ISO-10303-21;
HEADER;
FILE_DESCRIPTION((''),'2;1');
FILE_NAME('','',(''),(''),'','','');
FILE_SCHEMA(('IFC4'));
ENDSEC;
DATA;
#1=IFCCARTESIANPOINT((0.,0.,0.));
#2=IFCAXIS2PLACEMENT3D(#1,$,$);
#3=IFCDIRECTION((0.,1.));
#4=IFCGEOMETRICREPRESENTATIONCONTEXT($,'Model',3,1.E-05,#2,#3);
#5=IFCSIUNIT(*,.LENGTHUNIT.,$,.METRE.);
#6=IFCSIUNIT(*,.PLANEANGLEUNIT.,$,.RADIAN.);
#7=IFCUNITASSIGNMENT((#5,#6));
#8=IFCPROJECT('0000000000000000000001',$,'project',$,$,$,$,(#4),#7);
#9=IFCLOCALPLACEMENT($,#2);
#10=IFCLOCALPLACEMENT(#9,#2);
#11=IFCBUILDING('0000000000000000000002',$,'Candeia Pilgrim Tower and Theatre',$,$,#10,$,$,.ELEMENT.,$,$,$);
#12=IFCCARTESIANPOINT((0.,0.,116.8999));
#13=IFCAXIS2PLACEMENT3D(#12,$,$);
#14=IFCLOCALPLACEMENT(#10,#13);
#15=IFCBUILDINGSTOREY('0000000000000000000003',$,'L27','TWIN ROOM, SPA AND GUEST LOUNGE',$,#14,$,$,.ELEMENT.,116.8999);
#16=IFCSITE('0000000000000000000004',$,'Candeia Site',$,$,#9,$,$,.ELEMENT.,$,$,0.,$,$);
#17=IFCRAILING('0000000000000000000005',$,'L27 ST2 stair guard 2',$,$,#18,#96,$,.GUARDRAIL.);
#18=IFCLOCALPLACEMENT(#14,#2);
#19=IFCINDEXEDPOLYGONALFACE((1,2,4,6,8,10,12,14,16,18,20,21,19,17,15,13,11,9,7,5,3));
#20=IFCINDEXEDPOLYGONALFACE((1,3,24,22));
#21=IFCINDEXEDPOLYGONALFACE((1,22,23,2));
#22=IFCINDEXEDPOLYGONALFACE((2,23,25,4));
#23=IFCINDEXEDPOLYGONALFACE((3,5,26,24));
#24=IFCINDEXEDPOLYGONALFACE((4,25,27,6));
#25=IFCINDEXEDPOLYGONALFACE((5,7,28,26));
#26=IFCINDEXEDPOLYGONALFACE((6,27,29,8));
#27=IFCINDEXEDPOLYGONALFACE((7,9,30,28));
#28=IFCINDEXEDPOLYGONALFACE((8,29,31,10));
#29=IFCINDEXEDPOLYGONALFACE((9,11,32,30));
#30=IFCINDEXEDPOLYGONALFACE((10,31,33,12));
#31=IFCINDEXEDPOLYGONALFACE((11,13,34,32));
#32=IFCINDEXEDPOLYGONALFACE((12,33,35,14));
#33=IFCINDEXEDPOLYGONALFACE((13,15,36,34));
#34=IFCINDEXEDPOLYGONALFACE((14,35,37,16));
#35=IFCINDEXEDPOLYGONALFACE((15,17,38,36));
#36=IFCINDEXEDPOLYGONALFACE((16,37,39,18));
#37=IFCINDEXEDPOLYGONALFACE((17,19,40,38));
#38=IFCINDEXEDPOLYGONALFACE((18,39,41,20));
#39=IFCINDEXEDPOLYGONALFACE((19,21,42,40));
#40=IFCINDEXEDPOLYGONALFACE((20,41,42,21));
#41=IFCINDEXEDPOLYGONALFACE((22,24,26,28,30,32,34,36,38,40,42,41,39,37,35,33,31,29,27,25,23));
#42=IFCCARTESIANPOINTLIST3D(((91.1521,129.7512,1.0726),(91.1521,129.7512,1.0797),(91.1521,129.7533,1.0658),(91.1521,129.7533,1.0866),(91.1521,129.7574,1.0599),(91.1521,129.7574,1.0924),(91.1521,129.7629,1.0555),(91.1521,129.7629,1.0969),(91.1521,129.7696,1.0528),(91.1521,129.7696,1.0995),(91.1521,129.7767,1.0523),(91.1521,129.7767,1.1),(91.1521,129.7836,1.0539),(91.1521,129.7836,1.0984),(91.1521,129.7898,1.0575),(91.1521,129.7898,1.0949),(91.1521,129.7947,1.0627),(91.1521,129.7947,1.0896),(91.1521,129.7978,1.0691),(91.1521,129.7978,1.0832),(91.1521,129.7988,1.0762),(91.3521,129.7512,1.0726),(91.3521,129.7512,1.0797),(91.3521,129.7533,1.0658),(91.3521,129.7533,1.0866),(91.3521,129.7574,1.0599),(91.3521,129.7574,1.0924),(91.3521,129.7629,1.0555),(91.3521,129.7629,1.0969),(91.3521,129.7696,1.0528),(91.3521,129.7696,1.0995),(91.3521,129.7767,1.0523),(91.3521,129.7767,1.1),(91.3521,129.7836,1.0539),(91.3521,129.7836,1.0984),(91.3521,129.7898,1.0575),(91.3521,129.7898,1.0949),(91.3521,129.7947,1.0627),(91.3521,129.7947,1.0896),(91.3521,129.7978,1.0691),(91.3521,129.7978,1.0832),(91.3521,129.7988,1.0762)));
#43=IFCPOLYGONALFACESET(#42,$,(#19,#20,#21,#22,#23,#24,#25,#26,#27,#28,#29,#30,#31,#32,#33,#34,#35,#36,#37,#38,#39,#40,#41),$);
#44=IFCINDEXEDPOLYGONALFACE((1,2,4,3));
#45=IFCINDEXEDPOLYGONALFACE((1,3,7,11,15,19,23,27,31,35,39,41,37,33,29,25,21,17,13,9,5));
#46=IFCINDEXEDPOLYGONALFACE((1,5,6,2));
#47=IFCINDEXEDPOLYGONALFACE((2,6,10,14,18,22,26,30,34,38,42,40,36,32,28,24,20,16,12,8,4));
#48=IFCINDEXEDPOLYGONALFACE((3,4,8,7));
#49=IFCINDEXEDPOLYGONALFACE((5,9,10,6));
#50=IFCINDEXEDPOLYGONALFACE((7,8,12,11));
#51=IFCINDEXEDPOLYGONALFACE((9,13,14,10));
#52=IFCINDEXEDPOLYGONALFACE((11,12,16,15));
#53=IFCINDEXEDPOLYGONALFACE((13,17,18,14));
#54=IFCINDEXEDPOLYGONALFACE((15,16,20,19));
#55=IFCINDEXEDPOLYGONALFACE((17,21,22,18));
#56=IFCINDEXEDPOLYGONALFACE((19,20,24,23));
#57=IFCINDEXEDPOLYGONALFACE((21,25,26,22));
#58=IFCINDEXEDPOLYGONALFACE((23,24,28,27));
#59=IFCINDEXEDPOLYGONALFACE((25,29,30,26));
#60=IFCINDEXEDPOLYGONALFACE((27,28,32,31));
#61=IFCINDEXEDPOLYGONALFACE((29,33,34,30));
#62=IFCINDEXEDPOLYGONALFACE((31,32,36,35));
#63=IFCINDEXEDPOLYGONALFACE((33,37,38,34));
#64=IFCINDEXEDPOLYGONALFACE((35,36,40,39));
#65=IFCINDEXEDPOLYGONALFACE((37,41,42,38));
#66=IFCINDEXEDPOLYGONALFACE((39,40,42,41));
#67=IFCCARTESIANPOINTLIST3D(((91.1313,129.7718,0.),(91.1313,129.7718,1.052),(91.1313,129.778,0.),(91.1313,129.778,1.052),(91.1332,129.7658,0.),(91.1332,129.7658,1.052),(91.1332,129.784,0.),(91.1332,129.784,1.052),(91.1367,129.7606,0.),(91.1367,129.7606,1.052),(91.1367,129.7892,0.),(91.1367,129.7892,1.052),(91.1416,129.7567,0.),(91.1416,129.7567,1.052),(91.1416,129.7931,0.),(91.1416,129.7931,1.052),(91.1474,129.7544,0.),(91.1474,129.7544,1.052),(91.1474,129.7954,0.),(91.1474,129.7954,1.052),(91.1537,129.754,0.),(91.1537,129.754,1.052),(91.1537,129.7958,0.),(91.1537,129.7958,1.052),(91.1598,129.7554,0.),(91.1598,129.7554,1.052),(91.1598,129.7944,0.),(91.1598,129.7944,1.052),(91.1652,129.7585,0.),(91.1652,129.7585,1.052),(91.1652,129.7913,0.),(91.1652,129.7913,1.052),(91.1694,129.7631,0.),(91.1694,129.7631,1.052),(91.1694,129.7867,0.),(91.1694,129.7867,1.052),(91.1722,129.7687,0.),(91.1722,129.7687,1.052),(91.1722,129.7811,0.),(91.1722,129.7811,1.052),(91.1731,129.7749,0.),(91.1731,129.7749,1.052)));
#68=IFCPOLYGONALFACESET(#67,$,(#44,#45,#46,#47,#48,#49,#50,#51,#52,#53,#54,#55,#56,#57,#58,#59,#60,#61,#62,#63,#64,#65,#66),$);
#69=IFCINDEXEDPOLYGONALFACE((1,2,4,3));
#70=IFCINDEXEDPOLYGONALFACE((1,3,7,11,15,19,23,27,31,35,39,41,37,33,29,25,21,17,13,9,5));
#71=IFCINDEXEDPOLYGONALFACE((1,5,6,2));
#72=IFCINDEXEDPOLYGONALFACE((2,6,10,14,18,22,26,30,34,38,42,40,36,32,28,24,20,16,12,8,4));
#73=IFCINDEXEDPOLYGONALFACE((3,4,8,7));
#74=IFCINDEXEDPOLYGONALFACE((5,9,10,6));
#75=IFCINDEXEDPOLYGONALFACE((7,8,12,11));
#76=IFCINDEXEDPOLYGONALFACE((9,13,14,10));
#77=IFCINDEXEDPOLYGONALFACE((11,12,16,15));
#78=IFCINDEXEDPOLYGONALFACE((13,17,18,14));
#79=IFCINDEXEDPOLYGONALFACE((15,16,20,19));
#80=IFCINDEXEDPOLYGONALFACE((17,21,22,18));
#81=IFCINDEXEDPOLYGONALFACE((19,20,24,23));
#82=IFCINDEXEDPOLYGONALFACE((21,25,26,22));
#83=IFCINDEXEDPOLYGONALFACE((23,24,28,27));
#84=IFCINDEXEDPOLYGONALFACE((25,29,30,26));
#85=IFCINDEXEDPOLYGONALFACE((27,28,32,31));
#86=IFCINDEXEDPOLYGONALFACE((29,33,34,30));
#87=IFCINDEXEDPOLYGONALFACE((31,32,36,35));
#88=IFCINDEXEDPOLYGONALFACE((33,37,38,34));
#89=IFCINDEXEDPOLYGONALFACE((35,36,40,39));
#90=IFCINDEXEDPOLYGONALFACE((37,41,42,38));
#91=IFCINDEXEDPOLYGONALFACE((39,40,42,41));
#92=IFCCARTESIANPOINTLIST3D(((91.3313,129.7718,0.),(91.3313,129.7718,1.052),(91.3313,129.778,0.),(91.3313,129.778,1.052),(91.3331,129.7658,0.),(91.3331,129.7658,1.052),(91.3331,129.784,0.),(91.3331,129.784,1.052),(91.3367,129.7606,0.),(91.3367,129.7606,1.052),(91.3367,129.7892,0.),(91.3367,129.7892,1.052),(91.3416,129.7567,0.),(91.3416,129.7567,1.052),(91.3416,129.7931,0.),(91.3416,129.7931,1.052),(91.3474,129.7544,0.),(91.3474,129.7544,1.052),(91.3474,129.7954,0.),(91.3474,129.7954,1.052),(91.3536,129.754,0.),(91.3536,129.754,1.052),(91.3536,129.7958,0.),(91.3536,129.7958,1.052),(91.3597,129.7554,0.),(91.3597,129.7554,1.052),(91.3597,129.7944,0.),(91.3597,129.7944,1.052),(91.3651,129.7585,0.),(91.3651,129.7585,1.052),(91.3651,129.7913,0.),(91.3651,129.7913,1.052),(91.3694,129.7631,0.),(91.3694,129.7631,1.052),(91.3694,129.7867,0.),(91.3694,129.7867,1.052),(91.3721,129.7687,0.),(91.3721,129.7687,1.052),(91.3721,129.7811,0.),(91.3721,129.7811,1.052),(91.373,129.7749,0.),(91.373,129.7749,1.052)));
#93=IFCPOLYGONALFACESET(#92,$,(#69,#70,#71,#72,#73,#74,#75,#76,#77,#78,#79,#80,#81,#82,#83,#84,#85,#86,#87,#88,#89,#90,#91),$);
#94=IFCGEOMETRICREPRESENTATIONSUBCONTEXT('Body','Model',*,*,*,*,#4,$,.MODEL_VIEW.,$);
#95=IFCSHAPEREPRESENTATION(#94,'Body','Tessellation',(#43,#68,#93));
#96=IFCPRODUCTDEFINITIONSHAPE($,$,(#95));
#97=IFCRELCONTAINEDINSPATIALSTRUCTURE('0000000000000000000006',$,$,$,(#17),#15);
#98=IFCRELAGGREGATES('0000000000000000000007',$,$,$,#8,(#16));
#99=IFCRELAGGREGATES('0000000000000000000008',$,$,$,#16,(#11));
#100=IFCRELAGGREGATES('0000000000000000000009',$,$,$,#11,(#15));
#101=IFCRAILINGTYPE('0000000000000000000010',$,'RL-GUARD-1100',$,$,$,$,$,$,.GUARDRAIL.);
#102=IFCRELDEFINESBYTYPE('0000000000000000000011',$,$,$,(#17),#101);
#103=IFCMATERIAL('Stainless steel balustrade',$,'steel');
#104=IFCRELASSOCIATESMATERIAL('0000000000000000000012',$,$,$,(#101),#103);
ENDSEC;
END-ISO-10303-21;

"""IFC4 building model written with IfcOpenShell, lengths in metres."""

from ifc_helpers import new_model, si_unit, direction, frame, origin, origin_2d, place, context, subcontext, project, spatial, circle, extrude, material, type_object, element, save


model = new_model("IFC4")

# Units and contexts
model_context = context("Model", 3, precision=1e-05, world=origin(), true_north=direction((0.0, 1.0)))
body_context = subcontext(model_context, "Body", "Model", "MODEL_VIEW")
ifc_project = project(units=[si_unit("LENGTHUNIT", "METRE"), si_unit("PLANEANGLEUNIT", "RADIAN")], contexts=[model_context])

# Site, building, storey
site_placement = place(None, origin())
site = spatial("IfcSite", under=ifc_project, at=site_placement, Name="Candeia Site", CompositionType="ELEMENT", RefElevation=0.0)
building_placement = place(site_placement, origin())
building = spatial("IfcBuilding", under=site, at=building_placement, Name="Candeia Pilgrim Tower and Theatre", CompositionType="ELEMENT")
storey_placement = place(building_placement, frame((0.0, 0.0, 116.8999)))
storey = spatial("IfcBuildingStorey", under=building, at=storey_placement, Name="L27", Description="TWIN ROOM, SPA AND GUEST LOUNGE", CompositionType="ELEMENT", Elevation=116.8999)

# Shared definitions
ifc_material_1 = material(Name="Stainless steel balustrade", Category="steel")

# Railing
railing_type_1 = type_object("IfcRailingType", Name="RL-GUARD-1100", PredefinedType="GUARDRAIL", material=ifc_material_1)
railing_1_placement = place(storey_placement, frame((91.1521, 129.7749, 0.0)))
element("IfcRailing", 1, at=railing_1_placement, inside=storey, type_object=railing_type_1, Name="L27 ST2 stair guard 2", PredefinedType="GUARDRAIL", context=body_context, shape_type="SweptSolid", body=[
    extrude(circle(Radius=0.0239, at=origin_2d()), frame((0.0, 0.0, 1.0762), z_axis=(1.0, 0.0, 0.0), x_axis=(0.0, 1.0, 0.0)), (0.0, 0.0, 1.0), 0.2),
    extrude(circle(Radius=0.021, at=origin_2d()), origin(), (0.0, 0.0, 1.0), 1.052),
    extrude(circle(Radius=0.021, at=origin_2d()), frame((0.2, 0.0, 0.0)), (0.0, 0.0, 1.0), 1.052),
])

save(model, "model.ifc")
